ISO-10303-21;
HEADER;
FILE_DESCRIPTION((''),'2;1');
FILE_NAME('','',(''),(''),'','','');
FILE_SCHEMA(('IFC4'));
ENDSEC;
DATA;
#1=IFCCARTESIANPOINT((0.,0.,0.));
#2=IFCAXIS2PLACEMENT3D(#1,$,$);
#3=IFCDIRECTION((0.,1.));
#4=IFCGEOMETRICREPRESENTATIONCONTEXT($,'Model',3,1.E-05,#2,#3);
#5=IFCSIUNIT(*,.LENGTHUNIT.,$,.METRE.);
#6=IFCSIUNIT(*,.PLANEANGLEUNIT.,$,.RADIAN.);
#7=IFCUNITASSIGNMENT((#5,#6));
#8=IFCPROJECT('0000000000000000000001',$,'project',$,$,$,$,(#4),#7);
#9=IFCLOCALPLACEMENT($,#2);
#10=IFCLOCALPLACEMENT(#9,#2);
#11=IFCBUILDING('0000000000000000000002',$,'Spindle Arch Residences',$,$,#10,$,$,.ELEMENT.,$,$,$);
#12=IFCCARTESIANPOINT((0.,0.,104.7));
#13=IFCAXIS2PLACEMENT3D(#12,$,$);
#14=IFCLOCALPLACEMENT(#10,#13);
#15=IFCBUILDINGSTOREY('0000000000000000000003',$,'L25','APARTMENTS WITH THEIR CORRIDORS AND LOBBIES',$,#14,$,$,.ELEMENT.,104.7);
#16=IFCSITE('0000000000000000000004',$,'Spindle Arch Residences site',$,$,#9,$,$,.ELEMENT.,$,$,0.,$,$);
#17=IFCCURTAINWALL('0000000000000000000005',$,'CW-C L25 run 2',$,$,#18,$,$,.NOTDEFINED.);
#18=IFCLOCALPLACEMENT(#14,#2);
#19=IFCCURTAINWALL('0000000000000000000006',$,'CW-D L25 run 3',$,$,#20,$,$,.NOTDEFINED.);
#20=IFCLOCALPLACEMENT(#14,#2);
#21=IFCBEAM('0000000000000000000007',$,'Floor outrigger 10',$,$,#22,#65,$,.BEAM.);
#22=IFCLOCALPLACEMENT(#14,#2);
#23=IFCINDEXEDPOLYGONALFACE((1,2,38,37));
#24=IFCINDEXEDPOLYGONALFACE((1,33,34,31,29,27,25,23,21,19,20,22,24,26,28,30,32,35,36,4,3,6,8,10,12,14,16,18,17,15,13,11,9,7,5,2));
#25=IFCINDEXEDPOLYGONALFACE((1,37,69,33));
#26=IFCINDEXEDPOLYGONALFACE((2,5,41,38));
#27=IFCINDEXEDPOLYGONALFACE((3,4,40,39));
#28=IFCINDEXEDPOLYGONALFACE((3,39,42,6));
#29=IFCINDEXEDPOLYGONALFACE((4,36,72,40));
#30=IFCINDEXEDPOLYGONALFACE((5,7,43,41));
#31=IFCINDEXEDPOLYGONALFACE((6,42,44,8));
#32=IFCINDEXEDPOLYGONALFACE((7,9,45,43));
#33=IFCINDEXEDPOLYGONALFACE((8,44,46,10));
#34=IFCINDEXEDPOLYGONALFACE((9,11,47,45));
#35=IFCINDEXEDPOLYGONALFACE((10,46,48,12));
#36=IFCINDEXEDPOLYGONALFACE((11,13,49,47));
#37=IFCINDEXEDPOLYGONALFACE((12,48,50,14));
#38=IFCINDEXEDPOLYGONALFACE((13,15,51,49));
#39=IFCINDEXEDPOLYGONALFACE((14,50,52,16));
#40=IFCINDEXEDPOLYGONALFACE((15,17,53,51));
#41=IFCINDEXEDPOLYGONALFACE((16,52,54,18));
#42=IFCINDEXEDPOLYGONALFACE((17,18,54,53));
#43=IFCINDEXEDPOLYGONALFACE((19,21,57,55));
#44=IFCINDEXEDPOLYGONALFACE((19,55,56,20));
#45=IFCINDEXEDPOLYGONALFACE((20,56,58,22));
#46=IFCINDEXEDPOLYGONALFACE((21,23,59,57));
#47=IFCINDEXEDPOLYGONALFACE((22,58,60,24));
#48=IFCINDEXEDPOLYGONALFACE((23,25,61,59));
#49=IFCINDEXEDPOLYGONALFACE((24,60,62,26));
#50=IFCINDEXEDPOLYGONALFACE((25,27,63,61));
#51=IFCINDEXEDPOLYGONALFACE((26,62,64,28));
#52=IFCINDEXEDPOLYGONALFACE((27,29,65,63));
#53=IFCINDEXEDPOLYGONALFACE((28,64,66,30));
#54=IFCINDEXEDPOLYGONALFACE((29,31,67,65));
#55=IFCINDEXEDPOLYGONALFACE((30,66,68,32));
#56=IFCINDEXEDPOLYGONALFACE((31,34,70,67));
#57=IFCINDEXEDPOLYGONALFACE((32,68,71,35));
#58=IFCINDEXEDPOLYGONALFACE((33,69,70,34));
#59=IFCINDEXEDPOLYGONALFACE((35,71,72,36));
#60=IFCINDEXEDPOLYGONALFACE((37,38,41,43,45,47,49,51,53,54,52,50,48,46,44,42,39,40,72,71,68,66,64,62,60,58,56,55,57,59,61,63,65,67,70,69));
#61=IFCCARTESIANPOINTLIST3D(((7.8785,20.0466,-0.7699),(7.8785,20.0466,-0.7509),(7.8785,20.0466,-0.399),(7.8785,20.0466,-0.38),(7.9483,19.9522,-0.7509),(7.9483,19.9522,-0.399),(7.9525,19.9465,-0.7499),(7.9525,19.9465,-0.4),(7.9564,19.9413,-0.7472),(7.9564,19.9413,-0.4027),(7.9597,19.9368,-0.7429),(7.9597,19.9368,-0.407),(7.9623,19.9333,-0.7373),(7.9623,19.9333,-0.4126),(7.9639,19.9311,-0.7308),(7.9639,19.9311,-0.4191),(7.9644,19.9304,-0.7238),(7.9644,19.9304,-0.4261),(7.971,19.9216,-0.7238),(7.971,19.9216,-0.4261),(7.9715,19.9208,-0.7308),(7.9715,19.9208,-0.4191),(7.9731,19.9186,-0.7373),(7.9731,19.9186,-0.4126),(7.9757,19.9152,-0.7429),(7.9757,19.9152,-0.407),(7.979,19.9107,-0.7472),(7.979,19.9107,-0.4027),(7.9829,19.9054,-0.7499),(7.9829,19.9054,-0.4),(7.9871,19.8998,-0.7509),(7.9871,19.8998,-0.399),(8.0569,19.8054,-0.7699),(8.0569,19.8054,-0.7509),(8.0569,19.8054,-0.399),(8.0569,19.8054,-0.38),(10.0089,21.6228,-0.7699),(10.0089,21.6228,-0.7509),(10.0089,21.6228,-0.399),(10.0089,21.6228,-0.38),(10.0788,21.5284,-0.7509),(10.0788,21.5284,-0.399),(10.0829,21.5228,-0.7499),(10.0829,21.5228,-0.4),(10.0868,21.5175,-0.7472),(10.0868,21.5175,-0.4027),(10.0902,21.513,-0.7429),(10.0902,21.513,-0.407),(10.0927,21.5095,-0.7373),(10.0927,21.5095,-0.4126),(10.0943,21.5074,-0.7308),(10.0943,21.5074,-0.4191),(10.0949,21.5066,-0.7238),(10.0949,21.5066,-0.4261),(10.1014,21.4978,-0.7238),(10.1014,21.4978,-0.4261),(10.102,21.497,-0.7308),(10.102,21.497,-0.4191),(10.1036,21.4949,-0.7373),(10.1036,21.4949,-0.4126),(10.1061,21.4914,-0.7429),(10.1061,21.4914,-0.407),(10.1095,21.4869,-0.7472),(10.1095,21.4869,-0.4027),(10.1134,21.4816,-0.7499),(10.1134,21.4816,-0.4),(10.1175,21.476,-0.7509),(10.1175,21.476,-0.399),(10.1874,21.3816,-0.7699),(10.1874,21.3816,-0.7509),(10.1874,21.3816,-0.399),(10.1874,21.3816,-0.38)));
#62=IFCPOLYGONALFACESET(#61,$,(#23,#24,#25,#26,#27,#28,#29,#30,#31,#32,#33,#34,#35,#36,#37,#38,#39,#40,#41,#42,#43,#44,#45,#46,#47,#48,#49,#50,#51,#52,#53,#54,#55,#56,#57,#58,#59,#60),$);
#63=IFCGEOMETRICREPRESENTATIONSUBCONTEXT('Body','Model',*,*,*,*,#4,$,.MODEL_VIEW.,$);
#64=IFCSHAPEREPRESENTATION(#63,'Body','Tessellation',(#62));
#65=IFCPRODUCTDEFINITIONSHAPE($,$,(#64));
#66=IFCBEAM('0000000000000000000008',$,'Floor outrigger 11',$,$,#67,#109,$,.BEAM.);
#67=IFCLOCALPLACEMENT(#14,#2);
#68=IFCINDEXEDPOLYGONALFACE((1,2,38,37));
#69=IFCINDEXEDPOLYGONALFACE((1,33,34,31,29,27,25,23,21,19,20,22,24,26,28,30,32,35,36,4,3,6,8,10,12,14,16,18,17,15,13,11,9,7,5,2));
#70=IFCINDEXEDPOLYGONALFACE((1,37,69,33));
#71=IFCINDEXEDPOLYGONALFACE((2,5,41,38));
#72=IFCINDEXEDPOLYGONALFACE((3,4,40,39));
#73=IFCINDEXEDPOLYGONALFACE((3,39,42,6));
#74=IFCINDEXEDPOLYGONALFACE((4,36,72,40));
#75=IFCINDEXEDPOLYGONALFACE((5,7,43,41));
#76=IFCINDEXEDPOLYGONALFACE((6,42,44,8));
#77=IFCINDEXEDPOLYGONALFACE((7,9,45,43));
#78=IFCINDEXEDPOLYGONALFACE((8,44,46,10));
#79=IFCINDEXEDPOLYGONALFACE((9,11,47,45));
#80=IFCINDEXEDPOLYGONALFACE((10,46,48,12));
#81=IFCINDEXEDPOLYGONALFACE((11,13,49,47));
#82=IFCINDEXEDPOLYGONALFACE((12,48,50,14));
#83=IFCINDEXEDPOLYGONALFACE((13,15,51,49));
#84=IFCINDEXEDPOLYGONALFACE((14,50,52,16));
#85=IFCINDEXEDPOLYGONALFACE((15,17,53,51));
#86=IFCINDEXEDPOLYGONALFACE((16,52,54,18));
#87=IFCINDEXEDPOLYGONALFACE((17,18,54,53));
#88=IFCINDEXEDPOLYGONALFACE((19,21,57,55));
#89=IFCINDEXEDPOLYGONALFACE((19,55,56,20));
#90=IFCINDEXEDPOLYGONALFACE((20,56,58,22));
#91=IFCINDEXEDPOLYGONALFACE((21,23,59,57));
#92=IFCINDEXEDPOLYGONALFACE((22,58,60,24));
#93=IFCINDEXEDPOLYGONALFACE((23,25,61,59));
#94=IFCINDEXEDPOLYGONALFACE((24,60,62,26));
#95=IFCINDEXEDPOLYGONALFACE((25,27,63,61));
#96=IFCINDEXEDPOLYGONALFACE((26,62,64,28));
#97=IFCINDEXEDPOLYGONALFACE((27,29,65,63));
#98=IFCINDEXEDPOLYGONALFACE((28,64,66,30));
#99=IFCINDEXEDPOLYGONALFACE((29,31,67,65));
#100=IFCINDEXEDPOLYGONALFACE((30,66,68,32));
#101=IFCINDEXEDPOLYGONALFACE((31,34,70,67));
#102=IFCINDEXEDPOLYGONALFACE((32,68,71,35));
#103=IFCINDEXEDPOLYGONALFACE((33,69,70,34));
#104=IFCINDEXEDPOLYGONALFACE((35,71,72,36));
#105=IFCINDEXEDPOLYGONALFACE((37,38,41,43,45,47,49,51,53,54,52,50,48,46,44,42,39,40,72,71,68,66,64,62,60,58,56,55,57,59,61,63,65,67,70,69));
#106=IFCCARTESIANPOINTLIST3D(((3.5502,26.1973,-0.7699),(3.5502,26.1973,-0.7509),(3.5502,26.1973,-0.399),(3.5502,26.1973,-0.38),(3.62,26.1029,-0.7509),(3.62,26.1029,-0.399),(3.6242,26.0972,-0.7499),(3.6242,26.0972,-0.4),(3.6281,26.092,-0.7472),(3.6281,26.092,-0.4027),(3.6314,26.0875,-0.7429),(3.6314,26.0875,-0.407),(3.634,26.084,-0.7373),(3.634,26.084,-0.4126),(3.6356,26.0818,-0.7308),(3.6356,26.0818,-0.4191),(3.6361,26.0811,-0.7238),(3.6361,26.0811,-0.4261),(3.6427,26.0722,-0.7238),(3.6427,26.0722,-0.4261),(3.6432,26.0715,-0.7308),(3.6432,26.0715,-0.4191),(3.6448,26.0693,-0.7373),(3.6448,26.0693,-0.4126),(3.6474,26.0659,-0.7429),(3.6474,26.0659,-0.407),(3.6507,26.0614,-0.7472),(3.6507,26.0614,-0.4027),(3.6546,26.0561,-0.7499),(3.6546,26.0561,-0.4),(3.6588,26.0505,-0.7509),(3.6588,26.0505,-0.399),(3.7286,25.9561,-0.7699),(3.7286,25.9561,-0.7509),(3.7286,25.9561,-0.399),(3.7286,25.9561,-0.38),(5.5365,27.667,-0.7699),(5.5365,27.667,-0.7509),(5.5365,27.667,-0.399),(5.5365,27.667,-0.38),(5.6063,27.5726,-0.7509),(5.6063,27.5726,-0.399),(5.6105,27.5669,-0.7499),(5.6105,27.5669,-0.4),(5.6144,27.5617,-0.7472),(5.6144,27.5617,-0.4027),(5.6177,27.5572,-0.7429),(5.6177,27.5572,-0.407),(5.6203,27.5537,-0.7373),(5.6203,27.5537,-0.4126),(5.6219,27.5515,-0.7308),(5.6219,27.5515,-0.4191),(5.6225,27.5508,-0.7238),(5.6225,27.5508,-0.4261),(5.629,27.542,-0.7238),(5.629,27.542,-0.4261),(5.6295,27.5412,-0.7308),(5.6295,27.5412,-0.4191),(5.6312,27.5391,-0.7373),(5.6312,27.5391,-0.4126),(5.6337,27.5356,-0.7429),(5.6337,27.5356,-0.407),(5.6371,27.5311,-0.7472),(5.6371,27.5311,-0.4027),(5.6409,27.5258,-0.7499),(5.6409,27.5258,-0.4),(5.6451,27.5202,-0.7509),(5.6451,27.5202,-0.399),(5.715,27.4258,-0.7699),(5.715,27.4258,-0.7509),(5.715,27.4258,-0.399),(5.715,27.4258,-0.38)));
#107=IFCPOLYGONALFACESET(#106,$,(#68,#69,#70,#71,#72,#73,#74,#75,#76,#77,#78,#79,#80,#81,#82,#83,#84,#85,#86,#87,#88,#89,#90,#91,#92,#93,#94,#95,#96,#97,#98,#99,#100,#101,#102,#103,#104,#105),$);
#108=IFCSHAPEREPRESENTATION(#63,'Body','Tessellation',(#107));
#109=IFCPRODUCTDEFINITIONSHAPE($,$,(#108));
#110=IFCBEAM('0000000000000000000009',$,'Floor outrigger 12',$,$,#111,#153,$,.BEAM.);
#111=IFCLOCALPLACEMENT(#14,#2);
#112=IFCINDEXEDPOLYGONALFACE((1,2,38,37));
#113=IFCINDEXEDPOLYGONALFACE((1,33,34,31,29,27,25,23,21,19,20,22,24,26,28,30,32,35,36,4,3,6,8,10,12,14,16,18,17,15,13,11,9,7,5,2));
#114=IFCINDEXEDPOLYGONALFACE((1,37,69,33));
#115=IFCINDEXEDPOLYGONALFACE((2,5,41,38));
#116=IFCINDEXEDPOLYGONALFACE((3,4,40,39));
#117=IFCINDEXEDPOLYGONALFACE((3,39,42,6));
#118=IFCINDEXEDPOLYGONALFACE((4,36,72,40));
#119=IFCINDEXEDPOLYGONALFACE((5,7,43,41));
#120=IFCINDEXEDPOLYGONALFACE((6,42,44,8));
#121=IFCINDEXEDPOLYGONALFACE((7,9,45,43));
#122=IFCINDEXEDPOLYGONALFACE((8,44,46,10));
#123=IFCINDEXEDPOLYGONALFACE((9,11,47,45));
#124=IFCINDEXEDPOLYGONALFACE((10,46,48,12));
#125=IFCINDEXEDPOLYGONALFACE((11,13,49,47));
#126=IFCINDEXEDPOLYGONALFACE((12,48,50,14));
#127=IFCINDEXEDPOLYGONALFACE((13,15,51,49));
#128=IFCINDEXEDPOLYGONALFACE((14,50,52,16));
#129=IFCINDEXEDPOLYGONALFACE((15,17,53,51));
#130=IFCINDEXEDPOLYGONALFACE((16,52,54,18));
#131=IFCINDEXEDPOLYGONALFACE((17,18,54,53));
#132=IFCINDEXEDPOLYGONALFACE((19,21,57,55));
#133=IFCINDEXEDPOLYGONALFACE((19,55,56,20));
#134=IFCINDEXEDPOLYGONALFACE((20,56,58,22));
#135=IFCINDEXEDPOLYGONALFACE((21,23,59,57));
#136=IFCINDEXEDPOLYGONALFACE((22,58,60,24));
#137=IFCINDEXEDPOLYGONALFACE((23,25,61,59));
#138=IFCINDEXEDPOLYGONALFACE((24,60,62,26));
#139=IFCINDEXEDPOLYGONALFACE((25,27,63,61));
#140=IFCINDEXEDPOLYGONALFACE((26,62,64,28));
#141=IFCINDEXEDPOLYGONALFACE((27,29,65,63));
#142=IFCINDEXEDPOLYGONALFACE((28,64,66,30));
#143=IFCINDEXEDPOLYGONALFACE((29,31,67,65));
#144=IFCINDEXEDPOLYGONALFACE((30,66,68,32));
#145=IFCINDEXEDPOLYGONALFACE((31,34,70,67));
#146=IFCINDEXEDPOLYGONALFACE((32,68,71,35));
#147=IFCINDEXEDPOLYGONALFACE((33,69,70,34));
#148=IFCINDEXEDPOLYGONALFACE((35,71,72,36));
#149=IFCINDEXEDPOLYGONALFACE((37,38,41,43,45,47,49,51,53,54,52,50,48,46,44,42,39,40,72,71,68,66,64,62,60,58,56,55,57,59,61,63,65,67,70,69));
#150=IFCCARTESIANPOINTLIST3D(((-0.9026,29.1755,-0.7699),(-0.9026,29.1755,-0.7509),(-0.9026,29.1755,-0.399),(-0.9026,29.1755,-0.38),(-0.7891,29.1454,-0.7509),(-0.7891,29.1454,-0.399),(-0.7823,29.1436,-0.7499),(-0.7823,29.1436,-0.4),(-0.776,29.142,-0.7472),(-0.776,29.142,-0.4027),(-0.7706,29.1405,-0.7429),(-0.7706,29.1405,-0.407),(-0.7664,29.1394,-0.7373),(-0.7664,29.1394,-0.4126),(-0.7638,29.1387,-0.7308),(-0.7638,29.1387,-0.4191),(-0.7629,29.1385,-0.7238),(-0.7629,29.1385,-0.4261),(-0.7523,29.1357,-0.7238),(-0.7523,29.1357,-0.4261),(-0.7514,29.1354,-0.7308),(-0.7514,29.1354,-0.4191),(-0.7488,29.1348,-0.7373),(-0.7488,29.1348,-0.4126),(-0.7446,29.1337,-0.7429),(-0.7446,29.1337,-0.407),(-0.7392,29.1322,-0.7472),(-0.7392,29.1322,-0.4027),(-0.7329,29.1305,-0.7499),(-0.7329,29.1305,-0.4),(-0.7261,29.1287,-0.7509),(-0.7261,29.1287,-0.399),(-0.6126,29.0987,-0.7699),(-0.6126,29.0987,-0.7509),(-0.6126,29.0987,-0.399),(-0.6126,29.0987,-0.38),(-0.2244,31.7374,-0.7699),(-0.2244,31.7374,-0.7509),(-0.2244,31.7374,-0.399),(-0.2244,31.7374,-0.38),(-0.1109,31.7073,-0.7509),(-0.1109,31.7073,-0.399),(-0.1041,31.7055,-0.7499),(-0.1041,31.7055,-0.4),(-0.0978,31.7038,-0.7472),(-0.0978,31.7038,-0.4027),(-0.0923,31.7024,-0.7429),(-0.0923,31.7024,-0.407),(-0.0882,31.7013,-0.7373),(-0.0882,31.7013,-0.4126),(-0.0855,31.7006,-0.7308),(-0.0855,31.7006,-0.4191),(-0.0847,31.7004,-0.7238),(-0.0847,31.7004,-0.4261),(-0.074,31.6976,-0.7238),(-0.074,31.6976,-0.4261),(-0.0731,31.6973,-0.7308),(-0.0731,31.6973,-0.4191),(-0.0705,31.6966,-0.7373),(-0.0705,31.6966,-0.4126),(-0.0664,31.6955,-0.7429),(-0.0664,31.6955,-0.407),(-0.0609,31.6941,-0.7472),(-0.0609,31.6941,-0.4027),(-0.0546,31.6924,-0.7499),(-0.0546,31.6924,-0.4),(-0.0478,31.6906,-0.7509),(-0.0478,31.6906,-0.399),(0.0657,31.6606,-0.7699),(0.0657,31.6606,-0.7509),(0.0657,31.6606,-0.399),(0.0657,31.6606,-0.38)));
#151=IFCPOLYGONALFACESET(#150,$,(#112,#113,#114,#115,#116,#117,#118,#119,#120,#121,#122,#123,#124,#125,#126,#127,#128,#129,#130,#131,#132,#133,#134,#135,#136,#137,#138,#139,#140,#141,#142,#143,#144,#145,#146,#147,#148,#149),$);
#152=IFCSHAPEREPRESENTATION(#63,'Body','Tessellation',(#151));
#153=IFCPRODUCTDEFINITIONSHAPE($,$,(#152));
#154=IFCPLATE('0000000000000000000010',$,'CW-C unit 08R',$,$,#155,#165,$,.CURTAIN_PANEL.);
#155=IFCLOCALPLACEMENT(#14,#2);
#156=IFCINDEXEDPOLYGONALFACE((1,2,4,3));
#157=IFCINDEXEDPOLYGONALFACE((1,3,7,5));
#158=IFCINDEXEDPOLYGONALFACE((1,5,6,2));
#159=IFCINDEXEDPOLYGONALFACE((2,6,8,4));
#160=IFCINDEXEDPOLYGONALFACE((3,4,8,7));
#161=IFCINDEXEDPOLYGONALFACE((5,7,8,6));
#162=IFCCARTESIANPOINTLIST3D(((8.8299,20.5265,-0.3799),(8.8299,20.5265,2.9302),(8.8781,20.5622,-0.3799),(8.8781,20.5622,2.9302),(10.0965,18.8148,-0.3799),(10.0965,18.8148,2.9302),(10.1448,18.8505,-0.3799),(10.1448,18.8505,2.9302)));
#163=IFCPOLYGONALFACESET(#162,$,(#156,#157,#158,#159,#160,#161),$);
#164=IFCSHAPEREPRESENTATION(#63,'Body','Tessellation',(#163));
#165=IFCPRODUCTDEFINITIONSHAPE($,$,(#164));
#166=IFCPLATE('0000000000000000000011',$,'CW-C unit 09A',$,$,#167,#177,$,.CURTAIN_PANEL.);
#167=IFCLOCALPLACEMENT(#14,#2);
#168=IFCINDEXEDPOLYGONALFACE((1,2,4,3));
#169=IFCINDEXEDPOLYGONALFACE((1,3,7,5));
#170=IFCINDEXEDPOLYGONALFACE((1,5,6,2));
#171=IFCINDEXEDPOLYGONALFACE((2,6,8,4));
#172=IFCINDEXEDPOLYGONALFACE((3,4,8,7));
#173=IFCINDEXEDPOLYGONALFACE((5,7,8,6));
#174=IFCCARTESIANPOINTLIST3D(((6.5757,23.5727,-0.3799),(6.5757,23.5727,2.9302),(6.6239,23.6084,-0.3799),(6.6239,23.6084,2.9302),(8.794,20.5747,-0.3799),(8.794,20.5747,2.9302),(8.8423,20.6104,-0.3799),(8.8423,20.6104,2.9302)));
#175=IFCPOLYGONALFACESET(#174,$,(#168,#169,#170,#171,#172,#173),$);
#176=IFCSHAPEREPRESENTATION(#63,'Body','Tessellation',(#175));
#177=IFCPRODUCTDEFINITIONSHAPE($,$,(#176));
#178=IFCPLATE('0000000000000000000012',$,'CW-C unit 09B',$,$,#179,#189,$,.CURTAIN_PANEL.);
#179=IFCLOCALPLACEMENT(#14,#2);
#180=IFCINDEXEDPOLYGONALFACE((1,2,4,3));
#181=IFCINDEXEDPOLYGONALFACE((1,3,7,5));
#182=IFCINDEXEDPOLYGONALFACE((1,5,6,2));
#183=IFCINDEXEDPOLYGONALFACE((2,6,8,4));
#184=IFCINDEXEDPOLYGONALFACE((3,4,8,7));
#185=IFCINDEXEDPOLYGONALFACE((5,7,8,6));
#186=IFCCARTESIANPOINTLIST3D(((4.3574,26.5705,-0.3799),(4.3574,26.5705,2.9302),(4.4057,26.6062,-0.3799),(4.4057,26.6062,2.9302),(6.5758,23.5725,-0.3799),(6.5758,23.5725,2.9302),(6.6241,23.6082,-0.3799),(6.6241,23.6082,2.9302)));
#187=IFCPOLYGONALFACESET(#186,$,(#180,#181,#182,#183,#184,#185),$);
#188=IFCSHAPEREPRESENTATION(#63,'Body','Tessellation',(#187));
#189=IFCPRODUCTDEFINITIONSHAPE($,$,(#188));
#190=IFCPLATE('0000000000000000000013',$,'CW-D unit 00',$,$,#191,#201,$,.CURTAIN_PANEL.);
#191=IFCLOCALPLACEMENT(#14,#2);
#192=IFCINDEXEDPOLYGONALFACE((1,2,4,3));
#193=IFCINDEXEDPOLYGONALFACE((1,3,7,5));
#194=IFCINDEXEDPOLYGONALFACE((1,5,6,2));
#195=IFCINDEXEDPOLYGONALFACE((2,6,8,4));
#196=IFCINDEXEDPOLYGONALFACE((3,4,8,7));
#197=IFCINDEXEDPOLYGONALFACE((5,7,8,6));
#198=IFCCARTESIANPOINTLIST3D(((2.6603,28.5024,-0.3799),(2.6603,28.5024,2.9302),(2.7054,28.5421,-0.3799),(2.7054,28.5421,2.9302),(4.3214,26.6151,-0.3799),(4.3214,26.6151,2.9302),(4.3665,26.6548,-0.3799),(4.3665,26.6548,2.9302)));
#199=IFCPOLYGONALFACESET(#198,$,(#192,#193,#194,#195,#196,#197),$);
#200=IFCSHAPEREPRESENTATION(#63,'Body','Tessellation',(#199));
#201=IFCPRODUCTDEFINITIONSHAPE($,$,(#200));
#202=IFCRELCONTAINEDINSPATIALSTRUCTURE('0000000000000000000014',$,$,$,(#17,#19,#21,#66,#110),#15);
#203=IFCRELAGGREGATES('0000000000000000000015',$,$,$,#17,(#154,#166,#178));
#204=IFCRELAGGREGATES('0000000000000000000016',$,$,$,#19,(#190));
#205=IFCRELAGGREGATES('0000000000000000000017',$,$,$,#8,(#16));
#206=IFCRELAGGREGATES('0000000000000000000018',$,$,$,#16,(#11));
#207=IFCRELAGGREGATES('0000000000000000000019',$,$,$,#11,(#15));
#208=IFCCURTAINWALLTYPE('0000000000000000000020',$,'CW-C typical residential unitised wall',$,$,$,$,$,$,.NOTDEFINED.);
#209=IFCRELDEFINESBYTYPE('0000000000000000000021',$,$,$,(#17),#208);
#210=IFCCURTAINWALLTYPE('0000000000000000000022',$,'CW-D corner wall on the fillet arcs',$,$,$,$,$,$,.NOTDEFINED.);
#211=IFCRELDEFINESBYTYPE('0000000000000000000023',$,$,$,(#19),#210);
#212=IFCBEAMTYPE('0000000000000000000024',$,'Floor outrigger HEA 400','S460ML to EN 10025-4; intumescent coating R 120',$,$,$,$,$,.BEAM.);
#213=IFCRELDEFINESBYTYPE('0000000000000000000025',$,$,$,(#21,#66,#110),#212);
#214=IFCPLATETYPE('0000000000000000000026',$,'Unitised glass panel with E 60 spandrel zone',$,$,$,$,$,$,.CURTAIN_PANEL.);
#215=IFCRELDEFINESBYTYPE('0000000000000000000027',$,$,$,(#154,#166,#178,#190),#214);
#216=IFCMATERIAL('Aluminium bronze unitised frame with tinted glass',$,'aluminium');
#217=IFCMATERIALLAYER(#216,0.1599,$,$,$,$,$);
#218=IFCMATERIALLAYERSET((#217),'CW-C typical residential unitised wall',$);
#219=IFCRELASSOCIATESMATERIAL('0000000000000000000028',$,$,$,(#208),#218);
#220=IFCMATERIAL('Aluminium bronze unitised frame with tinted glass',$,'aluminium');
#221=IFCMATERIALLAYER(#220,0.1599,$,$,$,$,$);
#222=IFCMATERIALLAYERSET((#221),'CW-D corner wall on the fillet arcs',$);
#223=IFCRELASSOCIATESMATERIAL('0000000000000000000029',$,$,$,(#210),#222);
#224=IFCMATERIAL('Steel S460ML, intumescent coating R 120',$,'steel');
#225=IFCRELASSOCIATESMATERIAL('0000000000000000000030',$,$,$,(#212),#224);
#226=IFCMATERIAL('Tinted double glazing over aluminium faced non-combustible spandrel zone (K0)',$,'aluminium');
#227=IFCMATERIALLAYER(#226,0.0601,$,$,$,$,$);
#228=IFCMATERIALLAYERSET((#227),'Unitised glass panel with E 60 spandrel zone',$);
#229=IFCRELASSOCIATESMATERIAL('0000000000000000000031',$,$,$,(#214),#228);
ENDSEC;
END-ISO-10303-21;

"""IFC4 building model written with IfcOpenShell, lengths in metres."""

from ifc_helpers import new_model, si_unit, direction, frame, origin, origin_2d, place, context, subcontext, project, spatial, rectangle, i_section, extrude, material, layer, layer_set, material_profile, profile_set, type_object, element, aggregate, save


model = new_model("IFC4")

# Units and contexts
model_context = context("Model", 3, precision=1e-05, world=origin(), true_north=direction((0.0, 1.0)))
body_context = subcontext(model_context, "Body", "Model", "MODEL_VIEW")
ifc_project = project(units=[si_unit("LENGTHUNIT", "METRE"), si_unit("PLANEANGLEUNIT", "RADIAN")], contexts=[model_context])

# Site, building, storey
site_placement = place(None, origin())
site = spatial("IfcSite", under=ifc_project, at=site_placement, Name="Spindle Arch Residences site", CompositionType="ELEMENT", RefElevation=0.0)
building_placement = place(site_placement, origin())
building = spatial("IfcBuilding", under=site, at=building_placement, Name="Spindle Arch Residences", CompositionType="ELEMENT")
storey_placement = place(building_placement, frame((0.0, 0.0, 104.7)))
storey = spatial("IfcBuildingStorey", under=building, at=storey_placement, Name="L25", Description="APARTMENTS WITH THEIR CORRIDORS AND LOBBIES", CompositionType="ELEMENT", Elevation=104.7)

# Curtain wall
ifc_material_1 = material(Name="Aluminium bronze unitised frame with tinted glass", Category="aluminium")
ifc_layer_1 = layer(ifc_material_1, 0.1599)
ifc_layer_set_1 = layer_set([ifc_layer_1], Name="CW-C typical residential unitised wall")
curtain_wall_type_1 = type_object("IfcCurtainWallType", Name="CW-C typical residential unitised wall", PredefinedType="NOTDEFINED", material=ifc_layer_set_1)
curtain_wall_1_placement = place(storey_placement, origin())
curtain_wall_1 = element("IfcCurtainWall", 1, at=curtain_wall_1_placement, inside=storey, type_object=curtain_wall_type_1, Name="CW-C L25 run 2", PredefinedType="NOTDEFINED")

# Curtain wall
ifc_material_2 = material(Name="Aluminium bronze unitised frame with tinted glass", Category="aluminium")
ifc_layer_2 = layer(ifc_material_2, 0.1599)
ifc_layer_set_2 = layer_set([ifc_layer_2], Name="CW-D corner wall on the fillet arcs")
curtain_wall_type_2 = type_object("IfcCurtainWallType", Name="CW-D corner wall on the fillet arcs", PredefinedType="NOTDEFINED", material=ifc_layer_set_2)
curtain_wall_2_placement = place(storey_placement, origin())
curtain_wall_2 = element("IfcCurtainWall", 2, at=curtain_wall_2_placement, inside=storey, type_object=curtain_wall_type_2, Name="CW-D L25 run 3", PredefinedType="NOTDEFINED")

# Beams
ifc_material_3 = material(Name="Steel S460ML, intumescent coating R 120", Category="steel")
ifc_material_profile_1 = material_profile(ifc_material_3, i_section(OverallWidth=0.3, OverallDepth=0.3899, WebThickness=0.011, FlangeThickness=0.019, FilletRadius=0.0271, at=origin_2d()), Name="HEA 400")
ifc_profile_set_1 = profile_set([ifc_material_profile_1], Name="Steel S460ML, intumescent coating R 120")
beam_type_1 = type_object("IfcBeamType", Name="Floor outrigger HEA 400", Description="S460ML to EN 10025-4; intumescent coating R 120", PredefinedType="BEAM", material=ifc_profile_set_1)
beam_1_placement = place(storey_placement, frame((10.0981, 21.5022, -0.575), z_axis=(-0.803897, -0.594769, 0.0), x_axis=(0.594769, -0.803897, 0.0)))
element("IfcBeam", 3, at=beam_1_placement, inside=storey, type_object=beam_type_1, Name="Floor outrigger 10", PredefinedType="BEAM", context=body_context, shape_type="SweptSolid", body=[
    extrude(i_section(OverallWidth=0.3, OverallDepth=0.3899, WebThickness=0.011, FlangeThickness=0.019, FilletRadius=0.0271, at=origin_2d()), origin(), (0.0, 0.0, 1.0), 2.6501),
])
beam_2_placement = place(storey_placement, frame((5.6257, 27.5464, -0.575), z_axis=(-0.803872, -0.594802, 0.0), x_axis=(0.594802, -0.803872, 0.0)))
element("IfcBeam", 4, at=beam_2_placement, inside=storey, type_object=beam_type_1, Name="Floor outrigger 11", PredefinedType="BEAM", context=body_context, shape_type="SweptSolid", body=[
    extrude(i_section(OverallWidth=0.3, OverallDepth=0.3899, WebThickness=0.011, FlangeThickness=0.019, FilletRadius=0.0271, at=origin_2d()), origin(), (0.0, 0.0, 1.0), 2.4709),
])
beam_3_placement = place(storey_placement, frame((-0.0793, 31.699, -0.575), z_axis=(-0.255931, -0.966695, 0.0), x_axis=(0.966695, -0.255931, 0.0)))
element("IfcBeam", 5, at=beam_3_placement, inside=storey, type_object=beam_type_1, Name="Floor outrigger 12", PredefinedType="BEAM", context=body_context, shape_type="SweptSolid", body=[
    extrude(i_section(OverallWidth=0.3, OverallDepth=0.3899, WebThickness=0.011, FlangeThickness=0.019, FilletRadius=0.0271, at=origin_2d()), origin(), (0.0, 0.0, 1.0), 2.6501),
])

# Plates
ifc_material_4 = material(Name="Tinted double glazing over aluminium faced non-combustible spandrel zone (K0)", Category="aluminium")
ifc_layer_3 = layer(ifc_material_4, 0.0601)
ifc_layer_set_3 = layer_set([ifc_layer_3], Name="Unitised glass panel with E 60 spandrel zone")
plate_type = type_object("IfcPlateType", Name="Unitised glass panel with E 60 spandrel zone", PredefinedType="CURTAIN_PANEL", material=ifc_layer_set_3)
plate_1_placement = place(storey_placement, frame((9.4873, 19.6885, -0.3799), z_axis=(0.0, 0.0, 1.0), x_axis=(-0.594823, 0.803857, 0.0)))
plate_1 = element("IfcPlate", 6, at=plate_1_placement, type_object=plate_type, Name="CW-C unit 08R", PredefinedType="CURTAIN_PANEL", context=body_context, shape_type="SweptSolid", body=[
    extrude(rectangle(XDim=2.1294, YDim=0.0601, at=origin_2d()), origin(), (0.0, 0.0, 1.0), 3.3101),
])
plate_2_placement = place(storey_placement, frame((7.709, 22.0916, -0.3799), z_axis=(0.0, 0.0, 1.0), x_axis=(-0.594823, 0.803857, 0.0)))
plate_2 = element("IfcPlate", 7, at=plate_2_placement, type_object=plate_type, Name="CW-C unit 09A", PredefinedType="CURTAIN_PANEL", context=body_context, shape_type="SweptSolid", body=[
    extrude(rectangle(XDim=3.7295, YDim=0.0601, at=origin_2d()), origin(), (0.0, 0.0, 1.0), 3.3101),
])
plate_3_placement = place(storey_placement, frame((5.4907, 25.0894, -0.3799), z_axis=(0.0, 0.0, 1.0), x_axis=(-0.594823, 0.803857, 0.0)))
plate_3 = element("IfcPlate", 8, at=plate_3_placement, type_object=plate_type, Name="CW-C unit 09B", PredefinedType="CURTAIN_PANEL", context=body_context, shape_type="SweptSolid", body=[
    extrude(rectangle(XDim=3.7295, YDim=0.0601, at=origin_2d()), origin(), (0.0, 0.0, 1.0), 3.3101),
])
aggregate(curtain_wall_1, [plate_1, plate_2, plate_3])
plate_4_placement = place(storey_placement, frame((3.5134, 27.5786, -0.3799), z_axis=(0.0, 0.0, 1.0), x_axis=(-0.660704, 0.750647, 0.0)))
plate_4 = element("IfcPlate", 9, at=plate_4_placement, type_object=plate_type, Name="CW-D unit 00", PredefinedType="CURTAIN_PANEL", context=body_context, shape_type="SweptSolid", body=[
    extrude(rectangle(XDim=2.5142, YDim=0.0601, at=origin_2d()), origin(), (0.0, 0.0, 1.0), 3.3101),
])
aggregate(curtain_wall_2, [plate_4])

save(model, "model.ifc")
